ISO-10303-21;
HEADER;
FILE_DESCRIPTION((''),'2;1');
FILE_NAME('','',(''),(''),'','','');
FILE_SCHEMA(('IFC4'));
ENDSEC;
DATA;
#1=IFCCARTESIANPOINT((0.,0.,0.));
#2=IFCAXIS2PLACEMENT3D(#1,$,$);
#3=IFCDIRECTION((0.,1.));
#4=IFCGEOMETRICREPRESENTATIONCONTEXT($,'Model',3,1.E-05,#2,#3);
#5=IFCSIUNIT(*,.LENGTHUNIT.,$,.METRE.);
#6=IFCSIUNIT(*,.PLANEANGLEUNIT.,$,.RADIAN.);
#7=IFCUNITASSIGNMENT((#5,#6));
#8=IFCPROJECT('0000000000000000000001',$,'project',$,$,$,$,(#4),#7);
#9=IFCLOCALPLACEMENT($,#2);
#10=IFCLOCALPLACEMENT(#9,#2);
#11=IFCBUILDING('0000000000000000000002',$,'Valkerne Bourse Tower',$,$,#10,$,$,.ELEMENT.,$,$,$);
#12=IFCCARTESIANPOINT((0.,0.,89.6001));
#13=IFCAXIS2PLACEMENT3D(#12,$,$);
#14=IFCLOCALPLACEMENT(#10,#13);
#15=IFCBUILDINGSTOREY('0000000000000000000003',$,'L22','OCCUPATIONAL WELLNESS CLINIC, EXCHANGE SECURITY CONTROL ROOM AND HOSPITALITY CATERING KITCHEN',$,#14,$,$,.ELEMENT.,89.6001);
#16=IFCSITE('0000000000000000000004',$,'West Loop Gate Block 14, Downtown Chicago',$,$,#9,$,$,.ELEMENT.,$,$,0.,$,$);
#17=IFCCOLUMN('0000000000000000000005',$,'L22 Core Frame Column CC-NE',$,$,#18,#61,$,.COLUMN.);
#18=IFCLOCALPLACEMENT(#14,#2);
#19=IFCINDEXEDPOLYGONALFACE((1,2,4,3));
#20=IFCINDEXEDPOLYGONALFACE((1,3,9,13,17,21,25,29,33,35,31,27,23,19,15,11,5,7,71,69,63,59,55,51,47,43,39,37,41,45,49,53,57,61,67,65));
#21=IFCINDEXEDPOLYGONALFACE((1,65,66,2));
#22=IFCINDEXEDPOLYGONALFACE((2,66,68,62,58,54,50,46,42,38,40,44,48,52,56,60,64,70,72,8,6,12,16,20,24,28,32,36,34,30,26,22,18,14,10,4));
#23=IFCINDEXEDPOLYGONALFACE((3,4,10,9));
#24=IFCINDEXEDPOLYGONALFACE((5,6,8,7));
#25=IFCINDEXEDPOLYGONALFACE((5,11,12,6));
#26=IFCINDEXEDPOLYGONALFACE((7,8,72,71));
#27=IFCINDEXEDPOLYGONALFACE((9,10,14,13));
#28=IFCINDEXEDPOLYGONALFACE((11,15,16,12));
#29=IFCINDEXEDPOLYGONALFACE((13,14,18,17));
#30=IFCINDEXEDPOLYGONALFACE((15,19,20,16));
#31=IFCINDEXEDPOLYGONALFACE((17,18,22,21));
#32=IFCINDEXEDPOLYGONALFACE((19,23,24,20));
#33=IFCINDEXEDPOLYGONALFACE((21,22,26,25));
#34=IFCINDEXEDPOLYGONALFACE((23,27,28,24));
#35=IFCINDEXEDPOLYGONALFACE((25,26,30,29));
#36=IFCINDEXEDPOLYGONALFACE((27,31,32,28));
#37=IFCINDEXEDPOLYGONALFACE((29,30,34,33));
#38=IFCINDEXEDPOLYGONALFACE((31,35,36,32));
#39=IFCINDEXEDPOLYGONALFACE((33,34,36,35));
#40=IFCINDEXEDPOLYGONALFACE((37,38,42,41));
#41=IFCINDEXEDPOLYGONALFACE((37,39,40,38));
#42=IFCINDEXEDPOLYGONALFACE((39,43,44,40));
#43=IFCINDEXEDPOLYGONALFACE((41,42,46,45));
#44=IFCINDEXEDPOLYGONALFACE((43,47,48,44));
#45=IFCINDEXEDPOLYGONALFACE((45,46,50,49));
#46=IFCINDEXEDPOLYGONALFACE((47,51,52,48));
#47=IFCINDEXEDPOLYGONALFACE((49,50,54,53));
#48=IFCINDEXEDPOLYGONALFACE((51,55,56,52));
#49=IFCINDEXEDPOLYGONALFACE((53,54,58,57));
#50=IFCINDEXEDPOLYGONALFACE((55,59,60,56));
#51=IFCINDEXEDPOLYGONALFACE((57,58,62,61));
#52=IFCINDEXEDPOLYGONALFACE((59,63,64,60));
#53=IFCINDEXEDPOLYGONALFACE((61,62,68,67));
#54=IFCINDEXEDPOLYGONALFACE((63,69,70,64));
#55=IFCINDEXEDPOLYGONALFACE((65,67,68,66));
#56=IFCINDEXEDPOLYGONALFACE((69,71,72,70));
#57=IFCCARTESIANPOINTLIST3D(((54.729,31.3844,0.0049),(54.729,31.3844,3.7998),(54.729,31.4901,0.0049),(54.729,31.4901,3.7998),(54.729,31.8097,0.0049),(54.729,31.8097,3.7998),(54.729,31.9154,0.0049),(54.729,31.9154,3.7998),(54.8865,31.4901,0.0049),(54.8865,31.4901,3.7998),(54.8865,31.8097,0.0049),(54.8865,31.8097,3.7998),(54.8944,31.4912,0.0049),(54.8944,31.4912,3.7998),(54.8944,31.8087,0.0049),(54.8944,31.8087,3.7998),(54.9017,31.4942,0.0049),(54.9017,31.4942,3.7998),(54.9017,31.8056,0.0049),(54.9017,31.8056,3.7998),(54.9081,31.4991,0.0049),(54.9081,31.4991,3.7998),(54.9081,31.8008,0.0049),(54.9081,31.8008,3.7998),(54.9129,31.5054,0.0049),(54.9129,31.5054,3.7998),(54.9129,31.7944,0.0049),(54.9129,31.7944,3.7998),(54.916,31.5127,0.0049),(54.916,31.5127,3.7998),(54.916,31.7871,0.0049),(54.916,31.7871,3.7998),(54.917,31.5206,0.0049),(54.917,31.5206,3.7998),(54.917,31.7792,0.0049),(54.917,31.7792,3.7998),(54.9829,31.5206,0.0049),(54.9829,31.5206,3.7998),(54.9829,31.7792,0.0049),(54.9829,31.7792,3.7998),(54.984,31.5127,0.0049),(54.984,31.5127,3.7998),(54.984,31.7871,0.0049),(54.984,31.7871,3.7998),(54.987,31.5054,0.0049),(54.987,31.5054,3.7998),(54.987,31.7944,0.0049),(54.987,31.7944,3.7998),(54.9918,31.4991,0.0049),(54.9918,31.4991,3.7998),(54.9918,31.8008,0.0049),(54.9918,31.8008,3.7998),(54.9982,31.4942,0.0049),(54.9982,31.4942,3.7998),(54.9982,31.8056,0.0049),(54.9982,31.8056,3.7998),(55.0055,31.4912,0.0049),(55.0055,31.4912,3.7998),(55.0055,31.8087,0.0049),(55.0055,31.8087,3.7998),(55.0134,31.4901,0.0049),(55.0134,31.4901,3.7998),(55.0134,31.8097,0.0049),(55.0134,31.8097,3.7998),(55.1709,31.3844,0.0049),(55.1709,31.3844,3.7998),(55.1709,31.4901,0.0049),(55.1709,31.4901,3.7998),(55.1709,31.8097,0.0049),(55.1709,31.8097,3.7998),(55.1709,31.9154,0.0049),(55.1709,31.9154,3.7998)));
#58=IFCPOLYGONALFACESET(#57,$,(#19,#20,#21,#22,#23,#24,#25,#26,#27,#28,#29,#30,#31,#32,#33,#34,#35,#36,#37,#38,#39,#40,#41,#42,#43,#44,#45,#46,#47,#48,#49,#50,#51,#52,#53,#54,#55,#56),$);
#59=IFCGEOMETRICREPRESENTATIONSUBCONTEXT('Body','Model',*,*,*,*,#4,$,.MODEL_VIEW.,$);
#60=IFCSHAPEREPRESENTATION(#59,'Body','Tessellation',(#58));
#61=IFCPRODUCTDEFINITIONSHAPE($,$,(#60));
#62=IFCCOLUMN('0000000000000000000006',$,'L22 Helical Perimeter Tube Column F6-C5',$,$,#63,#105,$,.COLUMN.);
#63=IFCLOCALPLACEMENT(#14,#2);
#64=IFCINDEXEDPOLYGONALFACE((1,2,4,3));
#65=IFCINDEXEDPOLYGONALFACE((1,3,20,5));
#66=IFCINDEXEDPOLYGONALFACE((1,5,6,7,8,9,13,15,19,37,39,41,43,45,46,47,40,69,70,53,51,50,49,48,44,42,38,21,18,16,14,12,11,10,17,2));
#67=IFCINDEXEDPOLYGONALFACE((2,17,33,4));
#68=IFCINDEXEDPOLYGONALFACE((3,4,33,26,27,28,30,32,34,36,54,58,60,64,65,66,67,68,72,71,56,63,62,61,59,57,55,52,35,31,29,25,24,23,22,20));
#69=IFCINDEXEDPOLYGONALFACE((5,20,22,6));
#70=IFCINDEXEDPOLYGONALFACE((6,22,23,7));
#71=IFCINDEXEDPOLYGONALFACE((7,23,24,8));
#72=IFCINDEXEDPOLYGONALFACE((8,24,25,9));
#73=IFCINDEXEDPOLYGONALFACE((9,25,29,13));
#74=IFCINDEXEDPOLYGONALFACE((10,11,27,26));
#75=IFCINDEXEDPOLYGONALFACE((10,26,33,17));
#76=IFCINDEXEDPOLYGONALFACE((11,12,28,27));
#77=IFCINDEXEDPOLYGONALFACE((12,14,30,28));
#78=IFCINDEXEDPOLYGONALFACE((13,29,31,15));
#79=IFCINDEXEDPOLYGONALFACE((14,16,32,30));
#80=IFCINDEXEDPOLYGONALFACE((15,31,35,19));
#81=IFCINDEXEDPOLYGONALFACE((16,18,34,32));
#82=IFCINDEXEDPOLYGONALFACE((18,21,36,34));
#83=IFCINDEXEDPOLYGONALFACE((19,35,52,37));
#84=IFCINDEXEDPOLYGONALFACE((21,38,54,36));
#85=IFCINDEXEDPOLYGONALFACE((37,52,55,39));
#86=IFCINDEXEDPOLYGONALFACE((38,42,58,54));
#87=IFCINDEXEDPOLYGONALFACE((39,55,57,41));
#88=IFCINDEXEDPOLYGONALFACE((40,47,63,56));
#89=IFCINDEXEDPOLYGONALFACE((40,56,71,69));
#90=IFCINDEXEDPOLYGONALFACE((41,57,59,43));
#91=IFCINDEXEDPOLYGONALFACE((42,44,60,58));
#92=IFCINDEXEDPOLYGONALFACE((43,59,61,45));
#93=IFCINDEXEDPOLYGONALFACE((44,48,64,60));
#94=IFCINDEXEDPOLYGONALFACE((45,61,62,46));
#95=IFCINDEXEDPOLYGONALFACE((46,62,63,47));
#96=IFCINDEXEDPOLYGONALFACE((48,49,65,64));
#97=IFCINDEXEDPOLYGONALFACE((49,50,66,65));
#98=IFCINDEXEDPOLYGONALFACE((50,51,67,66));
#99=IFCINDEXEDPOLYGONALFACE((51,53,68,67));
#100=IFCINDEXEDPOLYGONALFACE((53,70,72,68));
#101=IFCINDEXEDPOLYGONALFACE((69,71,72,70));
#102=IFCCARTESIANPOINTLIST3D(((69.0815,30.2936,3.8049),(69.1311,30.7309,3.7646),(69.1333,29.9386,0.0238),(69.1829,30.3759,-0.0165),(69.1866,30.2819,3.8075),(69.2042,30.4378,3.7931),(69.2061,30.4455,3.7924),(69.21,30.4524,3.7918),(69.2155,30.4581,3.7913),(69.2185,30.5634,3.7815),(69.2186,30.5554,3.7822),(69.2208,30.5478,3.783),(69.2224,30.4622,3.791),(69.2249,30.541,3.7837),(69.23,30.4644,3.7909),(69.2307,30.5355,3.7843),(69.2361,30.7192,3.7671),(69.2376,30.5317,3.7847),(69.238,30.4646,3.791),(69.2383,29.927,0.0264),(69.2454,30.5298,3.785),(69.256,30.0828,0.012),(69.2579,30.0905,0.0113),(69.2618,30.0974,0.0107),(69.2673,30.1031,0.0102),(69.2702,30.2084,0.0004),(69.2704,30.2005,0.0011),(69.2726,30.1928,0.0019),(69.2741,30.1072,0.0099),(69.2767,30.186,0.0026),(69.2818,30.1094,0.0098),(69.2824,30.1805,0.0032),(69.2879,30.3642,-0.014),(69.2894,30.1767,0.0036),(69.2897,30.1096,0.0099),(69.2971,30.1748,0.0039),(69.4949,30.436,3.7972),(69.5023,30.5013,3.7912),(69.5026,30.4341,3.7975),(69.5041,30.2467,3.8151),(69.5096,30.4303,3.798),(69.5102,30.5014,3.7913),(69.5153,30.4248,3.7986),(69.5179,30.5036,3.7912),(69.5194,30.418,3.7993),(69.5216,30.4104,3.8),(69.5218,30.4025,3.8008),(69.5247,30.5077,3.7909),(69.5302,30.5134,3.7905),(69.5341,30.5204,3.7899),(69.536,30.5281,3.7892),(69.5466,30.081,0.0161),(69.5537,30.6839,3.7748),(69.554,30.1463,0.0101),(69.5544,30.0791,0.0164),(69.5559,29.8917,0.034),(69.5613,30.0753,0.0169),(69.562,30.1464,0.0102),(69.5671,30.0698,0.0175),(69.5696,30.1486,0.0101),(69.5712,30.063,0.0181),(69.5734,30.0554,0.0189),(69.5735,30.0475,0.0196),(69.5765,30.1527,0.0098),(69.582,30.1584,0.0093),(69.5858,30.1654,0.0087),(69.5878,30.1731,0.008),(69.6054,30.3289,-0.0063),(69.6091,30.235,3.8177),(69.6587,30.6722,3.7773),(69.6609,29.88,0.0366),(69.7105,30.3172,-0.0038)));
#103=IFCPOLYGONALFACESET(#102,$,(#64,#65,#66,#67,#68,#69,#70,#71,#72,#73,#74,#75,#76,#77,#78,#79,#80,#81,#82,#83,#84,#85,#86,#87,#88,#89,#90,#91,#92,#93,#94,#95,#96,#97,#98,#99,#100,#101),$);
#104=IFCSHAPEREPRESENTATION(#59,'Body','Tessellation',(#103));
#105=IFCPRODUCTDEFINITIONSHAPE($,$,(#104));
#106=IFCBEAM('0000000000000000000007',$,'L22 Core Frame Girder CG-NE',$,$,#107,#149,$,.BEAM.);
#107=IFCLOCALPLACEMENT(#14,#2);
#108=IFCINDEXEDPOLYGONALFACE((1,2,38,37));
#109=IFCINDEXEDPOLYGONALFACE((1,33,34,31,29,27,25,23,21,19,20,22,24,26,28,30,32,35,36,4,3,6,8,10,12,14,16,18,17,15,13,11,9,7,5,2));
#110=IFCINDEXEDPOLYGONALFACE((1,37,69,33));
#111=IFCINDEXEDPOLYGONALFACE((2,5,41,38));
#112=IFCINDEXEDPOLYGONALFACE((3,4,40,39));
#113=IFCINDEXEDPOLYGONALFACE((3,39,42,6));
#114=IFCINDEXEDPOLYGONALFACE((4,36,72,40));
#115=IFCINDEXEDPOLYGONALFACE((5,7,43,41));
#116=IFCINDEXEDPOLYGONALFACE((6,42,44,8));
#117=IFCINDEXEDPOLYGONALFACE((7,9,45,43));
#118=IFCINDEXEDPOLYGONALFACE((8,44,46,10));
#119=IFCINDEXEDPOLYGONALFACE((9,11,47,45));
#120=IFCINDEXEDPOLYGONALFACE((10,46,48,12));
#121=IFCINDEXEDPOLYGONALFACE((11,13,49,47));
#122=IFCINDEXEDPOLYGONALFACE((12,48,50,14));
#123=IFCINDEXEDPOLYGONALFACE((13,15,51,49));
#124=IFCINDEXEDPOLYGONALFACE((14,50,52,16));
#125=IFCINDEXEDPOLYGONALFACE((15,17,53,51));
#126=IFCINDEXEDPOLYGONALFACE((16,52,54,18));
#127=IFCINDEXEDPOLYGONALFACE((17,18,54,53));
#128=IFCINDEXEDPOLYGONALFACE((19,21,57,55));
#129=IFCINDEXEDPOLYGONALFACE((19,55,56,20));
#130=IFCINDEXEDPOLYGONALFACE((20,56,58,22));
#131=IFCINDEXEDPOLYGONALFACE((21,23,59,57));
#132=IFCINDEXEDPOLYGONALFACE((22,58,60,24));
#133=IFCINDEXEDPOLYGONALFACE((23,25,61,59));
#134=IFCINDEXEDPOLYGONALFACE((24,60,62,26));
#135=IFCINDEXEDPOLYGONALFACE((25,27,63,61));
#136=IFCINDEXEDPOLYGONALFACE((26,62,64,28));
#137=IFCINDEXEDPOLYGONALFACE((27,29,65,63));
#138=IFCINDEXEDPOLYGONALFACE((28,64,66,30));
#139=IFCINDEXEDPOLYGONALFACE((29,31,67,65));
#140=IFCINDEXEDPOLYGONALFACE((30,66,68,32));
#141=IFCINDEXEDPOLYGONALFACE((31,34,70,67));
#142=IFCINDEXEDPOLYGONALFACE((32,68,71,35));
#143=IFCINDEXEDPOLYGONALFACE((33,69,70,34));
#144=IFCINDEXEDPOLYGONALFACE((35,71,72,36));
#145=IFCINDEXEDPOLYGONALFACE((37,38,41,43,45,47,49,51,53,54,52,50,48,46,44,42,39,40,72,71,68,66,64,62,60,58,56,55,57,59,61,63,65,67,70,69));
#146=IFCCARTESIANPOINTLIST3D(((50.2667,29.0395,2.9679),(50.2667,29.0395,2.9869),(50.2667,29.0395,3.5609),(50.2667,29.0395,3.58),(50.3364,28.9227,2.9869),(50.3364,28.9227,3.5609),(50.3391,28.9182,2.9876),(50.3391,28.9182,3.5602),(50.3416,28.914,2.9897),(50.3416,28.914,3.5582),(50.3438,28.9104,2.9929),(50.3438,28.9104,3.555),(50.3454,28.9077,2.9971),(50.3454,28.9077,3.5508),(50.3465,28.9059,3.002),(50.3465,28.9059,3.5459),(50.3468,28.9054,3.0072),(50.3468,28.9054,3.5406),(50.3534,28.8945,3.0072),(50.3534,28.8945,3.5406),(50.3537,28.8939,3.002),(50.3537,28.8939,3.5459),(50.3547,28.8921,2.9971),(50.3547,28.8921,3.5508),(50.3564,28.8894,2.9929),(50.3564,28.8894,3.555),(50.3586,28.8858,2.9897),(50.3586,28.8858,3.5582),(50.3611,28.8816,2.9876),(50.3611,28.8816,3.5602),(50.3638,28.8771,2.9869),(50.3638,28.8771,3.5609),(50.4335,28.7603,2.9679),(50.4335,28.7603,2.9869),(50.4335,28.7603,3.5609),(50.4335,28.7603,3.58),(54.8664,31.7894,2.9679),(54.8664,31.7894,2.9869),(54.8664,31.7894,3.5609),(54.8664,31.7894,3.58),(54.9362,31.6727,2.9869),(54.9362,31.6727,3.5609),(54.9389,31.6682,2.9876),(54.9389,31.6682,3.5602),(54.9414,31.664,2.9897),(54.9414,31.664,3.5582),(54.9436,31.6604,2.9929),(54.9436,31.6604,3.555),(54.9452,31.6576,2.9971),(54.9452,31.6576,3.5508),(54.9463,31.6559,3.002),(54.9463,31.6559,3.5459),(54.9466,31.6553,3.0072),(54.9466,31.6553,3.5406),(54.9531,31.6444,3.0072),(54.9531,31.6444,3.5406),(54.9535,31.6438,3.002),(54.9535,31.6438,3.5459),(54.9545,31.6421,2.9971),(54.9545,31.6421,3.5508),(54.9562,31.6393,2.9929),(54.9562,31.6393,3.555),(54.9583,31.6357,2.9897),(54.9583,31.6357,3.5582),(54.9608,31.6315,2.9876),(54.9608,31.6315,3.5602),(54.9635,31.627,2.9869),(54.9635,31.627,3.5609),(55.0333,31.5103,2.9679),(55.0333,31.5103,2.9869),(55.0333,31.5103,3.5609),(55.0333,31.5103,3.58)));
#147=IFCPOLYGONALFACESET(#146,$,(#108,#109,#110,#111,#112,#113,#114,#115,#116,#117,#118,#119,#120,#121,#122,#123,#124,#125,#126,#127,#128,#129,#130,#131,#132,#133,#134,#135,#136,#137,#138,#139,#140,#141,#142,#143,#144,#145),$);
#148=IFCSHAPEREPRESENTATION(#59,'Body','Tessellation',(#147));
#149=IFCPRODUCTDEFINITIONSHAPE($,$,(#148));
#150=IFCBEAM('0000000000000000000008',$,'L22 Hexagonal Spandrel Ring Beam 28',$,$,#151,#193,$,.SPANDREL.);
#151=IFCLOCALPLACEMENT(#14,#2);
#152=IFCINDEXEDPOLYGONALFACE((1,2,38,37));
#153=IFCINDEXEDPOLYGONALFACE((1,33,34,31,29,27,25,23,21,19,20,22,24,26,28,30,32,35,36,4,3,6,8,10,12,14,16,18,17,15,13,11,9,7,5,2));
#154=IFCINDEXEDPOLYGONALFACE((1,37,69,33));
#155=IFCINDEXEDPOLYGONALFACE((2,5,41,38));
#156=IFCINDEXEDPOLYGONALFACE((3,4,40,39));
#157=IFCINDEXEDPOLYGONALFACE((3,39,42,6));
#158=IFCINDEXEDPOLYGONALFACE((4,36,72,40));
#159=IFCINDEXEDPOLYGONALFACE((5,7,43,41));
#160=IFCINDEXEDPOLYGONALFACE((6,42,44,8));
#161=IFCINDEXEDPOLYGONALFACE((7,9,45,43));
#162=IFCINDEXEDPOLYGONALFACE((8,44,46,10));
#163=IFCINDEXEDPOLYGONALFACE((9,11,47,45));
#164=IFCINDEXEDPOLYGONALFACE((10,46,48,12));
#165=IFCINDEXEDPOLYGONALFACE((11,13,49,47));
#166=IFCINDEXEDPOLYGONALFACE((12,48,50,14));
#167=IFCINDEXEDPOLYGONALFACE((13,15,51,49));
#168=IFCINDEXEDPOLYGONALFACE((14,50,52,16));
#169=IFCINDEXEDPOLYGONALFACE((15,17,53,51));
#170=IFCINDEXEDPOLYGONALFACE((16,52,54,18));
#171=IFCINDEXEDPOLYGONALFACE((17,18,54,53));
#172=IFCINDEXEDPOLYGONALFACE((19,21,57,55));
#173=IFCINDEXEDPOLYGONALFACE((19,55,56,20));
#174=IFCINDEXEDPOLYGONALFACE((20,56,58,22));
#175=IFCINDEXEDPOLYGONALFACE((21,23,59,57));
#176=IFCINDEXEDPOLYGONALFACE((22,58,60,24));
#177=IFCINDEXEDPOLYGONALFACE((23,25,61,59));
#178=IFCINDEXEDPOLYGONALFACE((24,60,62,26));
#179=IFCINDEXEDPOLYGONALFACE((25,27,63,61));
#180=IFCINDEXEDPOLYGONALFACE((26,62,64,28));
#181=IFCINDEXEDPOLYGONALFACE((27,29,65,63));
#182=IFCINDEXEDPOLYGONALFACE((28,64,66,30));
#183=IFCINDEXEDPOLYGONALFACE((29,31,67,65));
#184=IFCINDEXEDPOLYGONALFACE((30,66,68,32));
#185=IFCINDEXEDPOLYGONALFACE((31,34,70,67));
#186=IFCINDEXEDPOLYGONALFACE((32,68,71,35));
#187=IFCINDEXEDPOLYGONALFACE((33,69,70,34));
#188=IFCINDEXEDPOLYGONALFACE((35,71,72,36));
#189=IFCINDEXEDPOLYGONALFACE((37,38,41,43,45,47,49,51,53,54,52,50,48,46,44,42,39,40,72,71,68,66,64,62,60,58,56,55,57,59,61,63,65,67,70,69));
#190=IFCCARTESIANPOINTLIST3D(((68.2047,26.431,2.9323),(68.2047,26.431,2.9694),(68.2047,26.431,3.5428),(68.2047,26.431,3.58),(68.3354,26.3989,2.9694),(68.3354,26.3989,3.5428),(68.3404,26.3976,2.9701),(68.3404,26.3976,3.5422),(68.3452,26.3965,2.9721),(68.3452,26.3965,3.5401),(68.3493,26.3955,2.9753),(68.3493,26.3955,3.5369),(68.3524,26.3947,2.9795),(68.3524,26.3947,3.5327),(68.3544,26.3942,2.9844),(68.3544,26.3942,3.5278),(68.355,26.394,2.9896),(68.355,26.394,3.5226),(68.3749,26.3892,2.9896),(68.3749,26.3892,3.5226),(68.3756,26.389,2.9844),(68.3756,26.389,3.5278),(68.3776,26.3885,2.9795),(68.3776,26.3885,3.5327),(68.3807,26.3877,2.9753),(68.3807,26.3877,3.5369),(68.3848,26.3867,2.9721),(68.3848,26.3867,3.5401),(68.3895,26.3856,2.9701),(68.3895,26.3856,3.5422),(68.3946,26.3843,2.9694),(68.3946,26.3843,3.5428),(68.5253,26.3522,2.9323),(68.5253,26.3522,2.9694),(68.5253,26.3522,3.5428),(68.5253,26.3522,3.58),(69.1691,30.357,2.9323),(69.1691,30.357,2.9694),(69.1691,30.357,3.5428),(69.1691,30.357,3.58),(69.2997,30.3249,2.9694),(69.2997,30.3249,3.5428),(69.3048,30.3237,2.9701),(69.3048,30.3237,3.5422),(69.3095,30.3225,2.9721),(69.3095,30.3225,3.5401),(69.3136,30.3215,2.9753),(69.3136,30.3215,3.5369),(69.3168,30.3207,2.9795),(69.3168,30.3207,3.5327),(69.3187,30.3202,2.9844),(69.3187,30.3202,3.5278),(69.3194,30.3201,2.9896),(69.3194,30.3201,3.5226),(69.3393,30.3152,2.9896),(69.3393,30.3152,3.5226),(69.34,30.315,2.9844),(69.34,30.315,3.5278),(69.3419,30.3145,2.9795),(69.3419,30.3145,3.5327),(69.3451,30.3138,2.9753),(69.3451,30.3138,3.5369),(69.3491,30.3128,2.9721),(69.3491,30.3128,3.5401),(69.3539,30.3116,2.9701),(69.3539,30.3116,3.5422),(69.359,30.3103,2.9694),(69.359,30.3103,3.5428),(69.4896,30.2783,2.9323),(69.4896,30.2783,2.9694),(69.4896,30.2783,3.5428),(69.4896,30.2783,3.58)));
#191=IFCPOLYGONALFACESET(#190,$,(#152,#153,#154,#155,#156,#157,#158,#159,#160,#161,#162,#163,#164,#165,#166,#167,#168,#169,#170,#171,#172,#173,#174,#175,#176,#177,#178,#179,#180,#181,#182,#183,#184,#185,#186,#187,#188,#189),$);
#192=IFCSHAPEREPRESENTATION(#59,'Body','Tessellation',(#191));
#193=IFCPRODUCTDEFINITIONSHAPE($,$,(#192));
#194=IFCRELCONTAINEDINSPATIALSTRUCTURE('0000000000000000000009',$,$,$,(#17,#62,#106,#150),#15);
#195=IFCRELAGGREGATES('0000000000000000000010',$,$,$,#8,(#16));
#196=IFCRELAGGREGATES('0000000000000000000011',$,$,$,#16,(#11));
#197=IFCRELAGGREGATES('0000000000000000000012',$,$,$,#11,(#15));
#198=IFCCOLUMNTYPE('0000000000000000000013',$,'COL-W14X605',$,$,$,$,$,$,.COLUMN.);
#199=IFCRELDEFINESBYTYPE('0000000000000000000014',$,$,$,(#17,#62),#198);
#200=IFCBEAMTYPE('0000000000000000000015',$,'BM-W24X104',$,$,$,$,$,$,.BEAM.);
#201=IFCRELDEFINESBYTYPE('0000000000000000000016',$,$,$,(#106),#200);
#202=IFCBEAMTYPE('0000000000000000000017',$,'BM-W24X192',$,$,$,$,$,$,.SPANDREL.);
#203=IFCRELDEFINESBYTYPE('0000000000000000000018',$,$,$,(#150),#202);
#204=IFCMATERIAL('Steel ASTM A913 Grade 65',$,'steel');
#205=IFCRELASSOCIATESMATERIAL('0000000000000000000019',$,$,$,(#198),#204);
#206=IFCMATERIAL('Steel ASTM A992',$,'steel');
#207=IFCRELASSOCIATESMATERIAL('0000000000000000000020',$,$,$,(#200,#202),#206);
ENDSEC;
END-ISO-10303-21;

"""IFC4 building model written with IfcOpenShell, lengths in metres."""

from ifc_helpers import new_model, si_unit, direction, frame, origin, origin_2d, place, context, subcontext, project, spatial, i_section, extrude, material, material_profile, profile_set, type_object, element, save


model = new_model("IFC4")

# Units and contexts
model_context = context("Model", 3, precision=1e-05, world=origin(), true_north=direction((0.0, 1.0)))
body_context = subcontext(model_context, "Body", "Model", "MODEL_VIEW")
ifc_project = project(units=[si_unit("LENGTHUNIT", "METRE"), si_unit("PLANEANGLEUNIT", "RADIAN")], contexts=[model_context])

# Site, building, storey
site_placement = place(None, origin())
site = spatial("IfcSite", under=ifc_project, at=site_placement, Name="West Loop Gate Block 14, Downtown Chicago", CompositionType="ELEMENT", RefElevation=0.0)
building_placement = place(site_placement, origin())
building = spatial("IfcBuilding", under=site, at=building_placement, Name="Valkerne Bourse Tower", CompositionType="ELEMENT")
storey_placement = place(building_placement, frame((0.0, 0.0, 89.6001)))
storey = spatial("IfcBuildingStorey", under=building, at=storey_placement, Name="L22", Description="OCCUPATIONAL WELLNESS CLINIC, EXCHANGE SECURITY CONTROL ROOM AND HOSPITALITY CATERING KITCHEN", CompositionType="ELEMENT", Elevation=89.6001)

# Columns
ifc_material_1 = material(Name="Steel ASTM A913 Grade 65", Category="steel")
ifc_material_profile_1 = material_profile(ifc_material_1, i_section(OverallWidth=0.4419, OverallDepth=0.531, WebThickness=0.0659, FlangeThickness=0.1057, FilletRadius=0.0305, at=origin_2d()), Name="W14X605")
ifc_profile_set_1 = profile_set([ifc_material_profile_1], Name="Steel ASTM A913 Grade 65")
column_type = type_object("IfcColumnType", Name="COL-W14X605", PredefinedType="COLUMN", material=ifc_profile_set_1)
column_1_placement = place(storey_placement, frame((54.95, 31.6499, 0.0049), z_axis=(0.0, 0.0, 1.0), x_axis=(1.0, 0.0, 0.0)))
element("IfcColumn", 1, at=column_1_placement, inside=storey, type_object=column_type, Name="L22 Core Frame Column CC-NE", PredefinedType="COLUMN", context=body_context, shape_type="SweptSolid", body=[
    extrude(i_section(OverallWidth=0.4419, OverallDepth=0.531, WebThickness=0.0659, FlangeThickness=0.1057, FilletRadius=0.0305, at=origin_2d()), origin(), (0.0, 0.0, 1.0), 3.7949),
])
column_2_placement = place(storey_placement, frame((69.4219, 30.1279, 0.01), z_axis=(-0.013628, 0.093465, 0.995529), x_axis=(-0.11217, -0.98948, 0.091362)))
element("IfcColumn", 2, at=column_2_placement, inside=storey, type_object=column_type, Name="L22 Helical Perimeter Tube Column F6-C5", PredefinedType="COLUMN", context=body_context, shape_type="SweptSolid", body=[
    extrude(i_section(OverallWidth=0.4419, OverallDepth=0.531, WebThickness=0.0659, FlangeThickness=0.1057, FilletRadius=0.0305, at=origin_2d()), origin(), (0.0, 0.0, 1.0), 3.7981),
])

# Beams
ifc_material_2 = material(Name="Steel ASTM A992", Category="steel")
ifc_material_profile_2 = material_profile(ifc_material_2, i_section(OverallWidth=0.3252, OverallDepth=0.6121, WebThickness=0.0127, FlangeThickness=0.019, FilletRadius=0.0203, at=origin_2d()), Name="W24X104")
ifc_profile_set_2 = profile_set([ifc_material_profile_2], Name="Steel ASTM A992")
beam_type_1 = type_object("IfcBeamType", Name="BM-W24X104", PredefinedType="BEAM", material=ifc_profile_set_2)
beam_1_placement = place(storey_placement, frame((50.3501, 28.8999, 3.2739), z_axis=(0.858308, 0.513135, 0.0), x_axis=(-0.513135, 0.858308, 0.0)))
element("IfcBeam", 3, at=beam_1_placement, inside=storey, type_object=beam_type_1, Name="L22 Core Frame Girder CG-NE", PredefinedType="BEAM", context=body_context, shape_type="SweptSolid", body=[
    extrude(i_section(OverallWidth=0.3252, OverallDepth=0.6121, WebThickness=0.0127, FlangeThickness=0.019, FilletRadius=0.0203, at=origin_2d()), origin(), (0.0, 0.0, 1.0), 5.3591),
])
ifc_material_profile_3 = material_profile(ifc_material_2, i_section(OverallWidth=0.3301, OverallDepth=0.6477, WebThickness=0.0205, FlangeThickness=0.0371, FilletRadius=0.0203, at=origin_2d()), Name="W24X192")
ifc_profile_set_3 = profile_set([ifc_material_profile_3], Name="Steel ASTM A992")
beam_type_2 = type_object("IfcBeamType", Name="BM-W24X192", PredefinedType="SPANDREL", material=ifc_profile_set_3)
beam_2_placement = place(storey_placement, frame((68.365, 26.3916, 3.2561), z_axis=(0.238541, 0.971132, 0.0), x_axis=(-0.971132, 0.238541, 0.0)))
element("IfcBeam", 4, at=beam_2_placement, inside=storey, type_object=beam_type_2, Name="L22 Hexagonal Spandrel Ring Beam 28", PredefinedType="SPANDREL", context=body_context, shape_type="SweptSolid", body=[
    extrude(i_section(OverallWidth=0.3301, OverallDepth=0.6477, WebThickness=0.0205, FlangeThickness=0.0371, FilletRadius=0.0203, at=origin_2d()), origin(), (0.0, 0.0, 1.0), 4.0427),
])

save(model, "model.ifc")
